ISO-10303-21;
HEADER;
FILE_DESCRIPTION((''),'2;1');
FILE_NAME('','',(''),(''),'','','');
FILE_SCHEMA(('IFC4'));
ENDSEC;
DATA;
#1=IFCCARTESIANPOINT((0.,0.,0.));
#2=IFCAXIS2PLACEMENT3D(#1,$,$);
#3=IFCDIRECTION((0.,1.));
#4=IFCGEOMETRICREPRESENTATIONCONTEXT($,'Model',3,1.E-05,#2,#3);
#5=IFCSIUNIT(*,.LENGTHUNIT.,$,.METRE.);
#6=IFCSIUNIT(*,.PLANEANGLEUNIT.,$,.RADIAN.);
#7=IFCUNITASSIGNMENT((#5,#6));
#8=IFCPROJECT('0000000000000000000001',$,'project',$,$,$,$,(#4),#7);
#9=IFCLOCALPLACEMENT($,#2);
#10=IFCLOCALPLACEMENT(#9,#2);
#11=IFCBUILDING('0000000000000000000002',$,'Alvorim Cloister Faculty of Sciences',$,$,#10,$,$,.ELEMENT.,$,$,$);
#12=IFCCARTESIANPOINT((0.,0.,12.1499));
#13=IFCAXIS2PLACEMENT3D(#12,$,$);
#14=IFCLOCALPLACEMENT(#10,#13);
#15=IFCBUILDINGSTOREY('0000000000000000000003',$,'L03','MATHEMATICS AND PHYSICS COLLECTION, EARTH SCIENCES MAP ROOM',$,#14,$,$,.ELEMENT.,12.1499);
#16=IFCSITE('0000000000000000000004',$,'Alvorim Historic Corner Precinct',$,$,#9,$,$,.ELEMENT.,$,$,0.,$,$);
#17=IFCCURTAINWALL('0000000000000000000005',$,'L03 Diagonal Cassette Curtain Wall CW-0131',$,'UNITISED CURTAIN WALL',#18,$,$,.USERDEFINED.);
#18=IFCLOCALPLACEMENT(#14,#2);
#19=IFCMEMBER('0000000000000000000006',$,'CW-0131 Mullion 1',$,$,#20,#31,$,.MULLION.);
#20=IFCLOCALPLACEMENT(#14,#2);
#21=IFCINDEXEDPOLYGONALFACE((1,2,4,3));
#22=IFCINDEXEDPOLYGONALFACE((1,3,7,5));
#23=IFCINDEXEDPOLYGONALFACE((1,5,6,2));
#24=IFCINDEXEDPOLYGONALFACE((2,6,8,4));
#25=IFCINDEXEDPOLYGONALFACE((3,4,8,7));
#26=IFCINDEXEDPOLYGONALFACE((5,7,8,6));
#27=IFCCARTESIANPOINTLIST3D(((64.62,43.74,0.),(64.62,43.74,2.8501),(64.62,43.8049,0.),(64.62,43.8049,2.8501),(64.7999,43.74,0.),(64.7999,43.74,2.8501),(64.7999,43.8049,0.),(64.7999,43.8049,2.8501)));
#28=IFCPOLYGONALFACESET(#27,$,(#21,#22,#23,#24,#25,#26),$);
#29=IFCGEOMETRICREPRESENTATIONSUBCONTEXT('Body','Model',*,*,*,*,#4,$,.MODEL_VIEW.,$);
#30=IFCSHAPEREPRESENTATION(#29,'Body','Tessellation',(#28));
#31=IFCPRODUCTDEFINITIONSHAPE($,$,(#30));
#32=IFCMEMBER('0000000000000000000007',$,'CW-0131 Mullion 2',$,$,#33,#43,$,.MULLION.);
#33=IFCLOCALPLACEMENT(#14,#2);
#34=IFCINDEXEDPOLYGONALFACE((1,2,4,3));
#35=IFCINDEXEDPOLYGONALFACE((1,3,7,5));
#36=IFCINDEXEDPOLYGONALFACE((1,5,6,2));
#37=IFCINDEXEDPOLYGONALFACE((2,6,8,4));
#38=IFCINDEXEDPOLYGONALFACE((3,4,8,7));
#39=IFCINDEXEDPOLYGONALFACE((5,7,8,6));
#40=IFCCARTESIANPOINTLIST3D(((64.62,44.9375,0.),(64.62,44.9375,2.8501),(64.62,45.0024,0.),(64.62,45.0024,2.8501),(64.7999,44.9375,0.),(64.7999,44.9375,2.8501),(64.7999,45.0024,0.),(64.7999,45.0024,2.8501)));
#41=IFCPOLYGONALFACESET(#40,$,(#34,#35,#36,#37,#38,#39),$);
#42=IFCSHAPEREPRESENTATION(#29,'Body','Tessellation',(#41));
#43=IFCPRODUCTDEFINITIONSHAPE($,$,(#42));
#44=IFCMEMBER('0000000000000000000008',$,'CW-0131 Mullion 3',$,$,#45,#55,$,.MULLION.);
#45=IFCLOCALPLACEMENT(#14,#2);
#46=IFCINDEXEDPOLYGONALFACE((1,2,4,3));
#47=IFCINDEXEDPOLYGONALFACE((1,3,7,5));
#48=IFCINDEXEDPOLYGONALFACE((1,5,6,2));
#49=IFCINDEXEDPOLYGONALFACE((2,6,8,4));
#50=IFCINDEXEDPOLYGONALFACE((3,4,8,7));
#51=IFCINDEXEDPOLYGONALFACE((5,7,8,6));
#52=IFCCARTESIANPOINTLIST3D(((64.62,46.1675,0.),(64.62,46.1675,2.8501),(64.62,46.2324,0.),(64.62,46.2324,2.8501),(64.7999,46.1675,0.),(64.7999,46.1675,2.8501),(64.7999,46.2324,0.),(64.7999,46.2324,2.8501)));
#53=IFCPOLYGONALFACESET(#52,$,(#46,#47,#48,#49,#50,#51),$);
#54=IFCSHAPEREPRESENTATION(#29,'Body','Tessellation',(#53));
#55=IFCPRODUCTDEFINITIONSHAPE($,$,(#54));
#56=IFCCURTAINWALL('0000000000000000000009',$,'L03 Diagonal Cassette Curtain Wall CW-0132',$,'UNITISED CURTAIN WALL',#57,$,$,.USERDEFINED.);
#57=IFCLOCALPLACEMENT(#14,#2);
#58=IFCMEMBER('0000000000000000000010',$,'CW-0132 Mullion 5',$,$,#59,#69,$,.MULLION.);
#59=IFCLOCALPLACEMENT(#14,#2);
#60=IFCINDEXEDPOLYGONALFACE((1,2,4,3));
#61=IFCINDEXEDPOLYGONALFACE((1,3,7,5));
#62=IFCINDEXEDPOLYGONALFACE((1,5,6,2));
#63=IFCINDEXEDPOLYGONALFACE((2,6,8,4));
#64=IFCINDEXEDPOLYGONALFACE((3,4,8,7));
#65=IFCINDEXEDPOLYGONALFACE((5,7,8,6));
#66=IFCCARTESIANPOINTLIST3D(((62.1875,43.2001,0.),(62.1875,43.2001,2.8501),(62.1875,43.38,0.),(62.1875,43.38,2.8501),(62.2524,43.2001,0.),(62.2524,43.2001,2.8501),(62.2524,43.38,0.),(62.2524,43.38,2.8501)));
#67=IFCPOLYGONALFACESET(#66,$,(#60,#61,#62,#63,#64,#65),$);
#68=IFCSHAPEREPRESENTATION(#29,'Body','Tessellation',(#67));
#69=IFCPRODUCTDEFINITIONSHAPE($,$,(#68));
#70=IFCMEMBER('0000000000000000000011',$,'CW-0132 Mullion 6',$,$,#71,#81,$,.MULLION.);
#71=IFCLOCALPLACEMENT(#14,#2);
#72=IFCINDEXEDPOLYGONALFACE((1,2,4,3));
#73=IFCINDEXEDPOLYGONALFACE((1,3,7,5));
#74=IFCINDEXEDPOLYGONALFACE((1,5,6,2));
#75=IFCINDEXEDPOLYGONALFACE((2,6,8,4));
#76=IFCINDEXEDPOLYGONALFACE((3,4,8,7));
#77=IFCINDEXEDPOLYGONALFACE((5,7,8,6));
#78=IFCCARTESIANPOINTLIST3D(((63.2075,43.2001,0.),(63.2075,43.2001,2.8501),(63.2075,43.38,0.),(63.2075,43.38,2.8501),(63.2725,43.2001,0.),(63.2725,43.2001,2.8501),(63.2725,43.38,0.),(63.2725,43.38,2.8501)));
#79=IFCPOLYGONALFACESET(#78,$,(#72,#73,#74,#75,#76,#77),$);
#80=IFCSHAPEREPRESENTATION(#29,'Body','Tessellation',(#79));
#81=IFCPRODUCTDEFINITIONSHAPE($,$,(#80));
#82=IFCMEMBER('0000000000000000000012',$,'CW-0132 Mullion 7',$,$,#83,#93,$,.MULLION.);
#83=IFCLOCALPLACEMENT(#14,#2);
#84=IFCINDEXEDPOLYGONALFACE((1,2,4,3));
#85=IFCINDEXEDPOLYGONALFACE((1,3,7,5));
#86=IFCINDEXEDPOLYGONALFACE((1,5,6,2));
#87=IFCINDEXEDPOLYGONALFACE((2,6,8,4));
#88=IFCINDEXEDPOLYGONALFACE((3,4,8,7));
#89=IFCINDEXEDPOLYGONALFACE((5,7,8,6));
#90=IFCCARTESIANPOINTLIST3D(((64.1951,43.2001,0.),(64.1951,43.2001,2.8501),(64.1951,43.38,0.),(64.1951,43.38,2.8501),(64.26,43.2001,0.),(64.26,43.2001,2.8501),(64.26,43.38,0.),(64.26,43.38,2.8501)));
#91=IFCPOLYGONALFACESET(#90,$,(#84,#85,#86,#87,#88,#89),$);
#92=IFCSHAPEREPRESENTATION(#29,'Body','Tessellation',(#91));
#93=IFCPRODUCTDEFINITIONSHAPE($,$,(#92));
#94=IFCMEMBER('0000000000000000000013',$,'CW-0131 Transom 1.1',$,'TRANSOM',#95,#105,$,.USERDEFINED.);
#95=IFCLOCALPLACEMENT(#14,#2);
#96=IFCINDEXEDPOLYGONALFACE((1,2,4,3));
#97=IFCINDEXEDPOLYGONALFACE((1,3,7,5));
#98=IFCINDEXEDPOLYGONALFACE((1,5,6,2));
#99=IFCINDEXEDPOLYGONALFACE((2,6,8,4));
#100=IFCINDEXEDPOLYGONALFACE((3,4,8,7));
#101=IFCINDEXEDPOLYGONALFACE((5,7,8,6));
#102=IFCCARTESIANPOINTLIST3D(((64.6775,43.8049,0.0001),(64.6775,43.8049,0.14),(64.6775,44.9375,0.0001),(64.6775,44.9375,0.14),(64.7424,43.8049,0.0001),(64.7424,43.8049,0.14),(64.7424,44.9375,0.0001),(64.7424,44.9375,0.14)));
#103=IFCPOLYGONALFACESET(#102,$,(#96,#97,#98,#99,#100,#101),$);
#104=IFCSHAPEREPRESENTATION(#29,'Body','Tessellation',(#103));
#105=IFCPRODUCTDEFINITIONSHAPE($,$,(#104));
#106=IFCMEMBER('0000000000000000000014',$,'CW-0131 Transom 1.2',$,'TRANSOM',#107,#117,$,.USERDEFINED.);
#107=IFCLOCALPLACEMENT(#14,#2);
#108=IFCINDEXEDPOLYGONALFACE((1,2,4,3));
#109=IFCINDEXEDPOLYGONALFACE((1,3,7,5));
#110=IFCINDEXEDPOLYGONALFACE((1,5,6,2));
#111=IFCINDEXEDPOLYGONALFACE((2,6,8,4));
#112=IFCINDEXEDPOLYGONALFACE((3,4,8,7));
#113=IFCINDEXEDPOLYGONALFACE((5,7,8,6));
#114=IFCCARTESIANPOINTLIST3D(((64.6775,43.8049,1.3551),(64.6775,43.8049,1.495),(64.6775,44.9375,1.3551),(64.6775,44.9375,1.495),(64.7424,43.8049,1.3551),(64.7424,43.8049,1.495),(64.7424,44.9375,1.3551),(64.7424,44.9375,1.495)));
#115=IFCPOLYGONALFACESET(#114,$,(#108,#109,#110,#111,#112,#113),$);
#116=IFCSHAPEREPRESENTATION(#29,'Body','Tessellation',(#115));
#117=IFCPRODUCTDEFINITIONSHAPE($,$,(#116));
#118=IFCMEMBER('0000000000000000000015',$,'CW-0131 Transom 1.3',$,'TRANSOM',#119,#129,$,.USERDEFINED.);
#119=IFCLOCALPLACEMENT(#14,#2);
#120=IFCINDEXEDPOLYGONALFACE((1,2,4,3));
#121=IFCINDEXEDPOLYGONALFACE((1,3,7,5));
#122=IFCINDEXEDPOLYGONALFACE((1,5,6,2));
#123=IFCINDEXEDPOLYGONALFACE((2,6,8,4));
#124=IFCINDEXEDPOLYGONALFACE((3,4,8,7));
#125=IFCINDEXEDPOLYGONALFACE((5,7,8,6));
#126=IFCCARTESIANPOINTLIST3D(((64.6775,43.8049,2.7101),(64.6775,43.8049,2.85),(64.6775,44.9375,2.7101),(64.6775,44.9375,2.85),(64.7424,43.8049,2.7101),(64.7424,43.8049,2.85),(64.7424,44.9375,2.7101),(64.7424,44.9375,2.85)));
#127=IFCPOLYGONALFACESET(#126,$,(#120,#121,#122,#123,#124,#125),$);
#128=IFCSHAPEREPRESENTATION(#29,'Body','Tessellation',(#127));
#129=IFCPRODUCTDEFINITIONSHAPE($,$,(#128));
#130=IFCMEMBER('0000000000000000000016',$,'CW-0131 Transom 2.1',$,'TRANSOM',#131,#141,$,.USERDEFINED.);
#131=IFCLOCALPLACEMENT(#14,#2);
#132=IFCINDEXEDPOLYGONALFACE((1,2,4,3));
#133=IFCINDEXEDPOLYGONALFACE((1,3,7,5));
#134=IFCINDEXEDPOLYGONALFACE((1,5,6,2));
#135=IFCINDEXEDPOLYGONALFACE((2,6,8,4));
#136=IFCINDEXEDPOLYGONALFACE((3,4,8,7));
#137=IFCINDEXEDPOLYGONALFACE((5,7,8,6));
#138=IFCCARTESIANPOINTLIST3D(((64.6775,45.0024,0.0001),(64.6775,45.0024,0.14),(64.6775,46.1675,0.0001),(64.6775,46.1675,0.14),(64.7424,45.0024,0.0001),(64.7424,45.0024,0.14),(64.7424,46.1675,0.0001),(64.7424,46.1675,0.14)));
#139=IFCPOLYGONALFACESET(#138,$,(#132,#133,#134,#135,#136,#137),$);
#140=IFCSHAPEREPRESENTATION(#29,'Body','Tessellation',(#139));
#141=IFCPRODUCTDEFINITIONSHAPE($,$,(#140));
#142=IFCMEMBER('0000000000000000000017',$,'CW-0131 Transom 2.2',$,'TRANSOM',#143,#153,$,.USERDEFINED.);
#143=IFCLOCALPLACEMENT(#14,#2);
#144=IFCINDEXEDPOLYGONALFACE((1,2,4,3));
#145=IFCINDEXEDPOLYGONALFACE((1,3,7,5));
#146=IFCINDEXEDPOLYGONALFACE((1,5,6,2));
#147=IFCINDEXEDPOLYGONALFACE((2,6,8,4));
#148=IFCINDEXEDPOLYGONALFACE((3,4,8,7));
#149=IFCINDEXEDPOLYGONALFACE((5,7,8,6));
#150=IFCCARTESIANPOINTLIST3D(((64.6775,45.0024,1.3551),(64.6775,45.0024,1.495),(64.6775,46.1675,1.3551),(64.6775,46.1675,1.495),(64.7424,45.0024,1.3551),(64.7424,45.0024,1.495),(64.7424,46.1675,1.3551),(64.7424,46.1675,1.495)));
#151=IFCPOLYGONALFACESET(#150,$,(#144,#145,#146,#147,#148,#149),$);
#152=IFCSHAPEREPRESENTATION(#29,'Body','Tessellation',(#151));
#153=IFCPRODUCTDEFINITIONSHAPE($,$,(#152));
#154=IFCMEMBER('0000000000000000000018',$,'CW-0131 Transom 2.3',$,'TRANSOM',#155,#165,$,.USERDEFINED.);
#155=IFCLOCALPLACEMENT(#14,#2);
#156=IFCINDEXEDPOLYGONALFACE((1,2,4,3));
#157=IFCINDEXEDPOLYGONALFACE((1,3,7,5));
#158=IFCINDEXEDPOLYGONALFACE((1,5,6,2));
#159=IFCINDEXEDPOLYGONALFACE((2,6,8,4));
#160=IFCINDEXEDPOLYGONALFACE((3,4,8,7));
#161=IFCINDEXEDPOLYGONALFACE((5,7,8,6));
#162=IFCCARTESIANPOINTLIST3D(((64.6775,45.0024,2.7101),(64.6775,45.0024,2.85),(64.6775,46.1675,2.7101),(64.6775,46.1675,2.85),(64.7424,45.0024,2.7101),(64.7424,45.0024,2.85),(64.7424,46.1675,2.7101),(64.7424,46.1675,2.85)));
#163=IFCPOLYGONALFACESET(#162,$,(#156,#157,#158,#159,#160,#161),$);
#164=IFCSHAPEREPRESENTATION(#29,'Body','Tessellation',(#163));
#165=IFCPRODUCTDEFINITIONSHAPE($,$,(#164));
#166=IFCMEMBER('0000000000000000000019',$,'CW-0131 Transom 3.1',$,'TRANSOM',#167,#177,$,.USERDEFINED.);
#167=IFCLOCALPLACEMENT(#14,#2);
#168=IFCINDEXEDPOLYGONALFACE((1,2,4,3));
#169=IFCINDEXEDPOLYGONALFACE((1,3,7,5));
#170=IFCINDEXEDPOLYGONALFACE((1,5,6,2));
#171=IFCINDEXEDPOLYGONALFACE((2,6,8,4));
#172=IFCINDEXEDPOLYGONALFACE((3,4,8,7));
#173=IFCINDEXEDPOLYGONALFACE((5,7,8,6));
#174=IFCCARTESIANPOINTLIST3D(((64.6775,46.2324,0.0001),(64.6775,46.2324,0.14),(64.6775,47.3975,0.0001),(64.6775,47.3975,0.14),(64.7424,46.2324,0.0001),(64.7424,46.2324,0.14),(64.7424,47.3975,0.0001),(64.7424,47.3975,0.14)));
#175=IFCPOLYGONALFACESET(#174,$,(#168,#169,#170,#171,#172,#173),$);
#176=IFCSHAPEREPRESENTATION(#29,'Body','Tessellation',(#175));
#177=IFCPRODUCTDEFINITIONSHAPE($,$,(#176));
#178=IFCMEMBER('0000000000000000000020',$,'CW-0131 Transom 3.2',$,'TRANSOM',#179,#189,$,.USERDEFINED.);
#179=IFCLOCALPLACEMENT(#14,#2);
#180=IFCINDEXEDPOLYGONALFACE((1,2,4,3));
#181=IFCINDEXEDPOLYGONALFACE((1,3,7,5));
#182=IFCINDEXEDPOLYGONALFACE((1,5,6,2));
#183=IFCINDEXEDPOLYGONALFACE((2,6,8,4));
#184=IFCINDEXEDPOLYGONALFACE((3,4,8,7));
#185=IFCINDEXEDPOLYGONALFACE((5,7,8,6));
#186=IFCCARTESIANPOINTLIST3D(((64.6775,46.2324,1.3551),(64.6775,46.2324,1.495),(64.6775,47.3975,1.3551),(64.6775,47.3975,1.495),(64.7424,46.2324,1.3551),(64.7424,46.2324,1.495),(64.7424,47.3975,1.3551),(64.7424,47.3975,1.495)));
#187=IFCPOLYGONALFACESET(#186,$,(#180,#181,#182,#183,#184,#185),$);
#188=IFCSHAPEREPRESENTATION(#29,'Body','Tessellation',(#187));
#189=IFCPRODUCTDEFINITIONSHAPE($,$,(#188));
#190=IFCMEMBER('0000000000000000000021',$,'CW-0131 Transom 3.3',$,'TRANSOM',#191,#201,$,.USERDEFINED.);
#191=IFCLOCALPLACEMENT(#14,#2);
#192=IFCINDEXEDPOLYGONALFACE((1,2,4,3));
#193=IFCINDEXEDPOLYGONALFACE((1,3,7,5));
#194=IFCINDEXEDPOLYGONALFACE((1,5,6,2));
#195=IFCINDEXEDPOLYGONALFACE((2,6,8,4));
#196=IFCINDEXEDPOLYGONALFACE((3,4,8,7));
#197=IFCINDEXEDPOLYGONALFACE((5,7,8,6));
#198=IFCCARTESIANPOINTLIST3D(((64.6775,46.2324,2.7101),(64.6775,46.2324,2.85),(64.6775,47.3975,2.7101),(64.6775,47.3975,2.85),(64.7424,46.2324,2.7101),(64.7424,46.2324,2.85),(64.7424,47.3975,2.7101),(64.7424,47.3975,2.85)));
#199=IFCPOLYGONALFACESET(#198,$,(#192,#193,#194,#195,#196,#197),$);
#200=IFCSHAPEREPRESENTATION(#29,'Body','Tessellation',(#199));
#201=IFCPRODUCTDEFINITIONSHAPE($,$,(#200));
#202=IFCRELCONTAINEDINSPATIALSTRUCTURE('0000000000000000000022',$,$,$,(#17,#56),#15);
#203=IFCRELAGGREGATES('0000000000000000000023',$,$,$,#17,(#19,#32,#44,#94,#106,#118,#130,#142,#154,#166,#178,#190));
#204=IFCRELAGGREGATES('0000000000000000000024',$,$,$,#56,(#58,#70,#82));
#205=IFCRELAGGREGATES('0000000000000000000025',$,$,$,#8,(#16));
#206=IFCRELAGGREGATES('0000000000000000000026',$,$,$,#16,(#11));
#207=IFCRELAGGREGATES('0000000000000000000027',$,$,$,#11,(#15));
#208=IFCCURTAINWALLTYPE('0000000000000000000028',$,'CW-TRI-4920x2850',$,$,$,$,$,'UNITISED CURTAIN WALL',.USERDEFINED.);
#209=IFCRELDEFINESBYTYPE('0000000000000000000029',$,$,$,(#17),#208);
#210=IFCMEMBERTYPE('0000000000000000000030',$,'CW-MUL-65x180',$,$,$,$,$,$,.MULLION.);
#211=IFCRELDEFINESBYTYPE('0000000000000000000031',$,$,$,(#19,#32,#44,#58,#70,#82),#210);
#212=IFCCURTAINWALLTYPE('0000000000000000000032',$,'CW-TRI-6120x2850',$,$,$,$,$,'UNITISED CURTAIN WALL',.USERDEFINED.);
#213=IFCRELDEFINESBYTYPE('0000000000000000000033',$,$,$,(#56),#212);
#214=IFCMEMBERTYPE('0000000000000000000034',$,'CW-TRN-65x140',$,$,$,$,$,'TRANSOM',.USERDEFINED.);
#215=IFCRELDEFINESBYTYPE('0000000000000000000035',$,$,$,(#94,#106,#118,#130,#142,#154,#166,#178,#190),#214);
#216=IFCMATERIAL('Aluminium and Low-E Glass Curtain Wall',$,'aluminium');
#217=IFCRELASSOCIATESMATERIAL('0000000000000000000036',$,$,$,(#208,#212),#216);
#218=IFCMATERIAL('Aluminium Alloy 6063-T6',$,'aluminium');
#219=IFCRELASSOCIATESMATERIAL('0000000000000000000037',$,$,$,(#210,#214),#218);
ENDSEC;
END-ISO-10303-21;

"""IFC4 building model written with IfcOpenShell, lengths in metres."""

from ifc_helpers import new_model, si_unit, direction, frame, origin, origin_2d, place, context, subcontext, project, spatial, rectangle, extrude, material, material_profile, profile_set, type_object, element, aggregate, save


model = new_model("IFC4")

# Units and contexts
model_context = context("Model", 3, precision=1e-05, world=origin(), true_north=direction((0.0, 1.0)))
body_context = subcontext(model_context, "Body", "Model", "MODEL_VIEW")
ifc_project = project(units=[si_unit("LENGTHUNIT", "METRE"), si_unit("PLANEANGLEUNIT", "RADIAN")], contexts=[model_context])

# Site, building, storey
site_placement = place(None, origin())
site = spatial("IfcSite", under=ifc_project, at=site_placement, Name="Alvorim Historic Corner Precinct", CompositionType="ELEMENT", RefElevation=0.0)
building_placement = place(site_placement, origin())
building = spatial("IfcBuilding", under=site, at=building_placement, Name="Alvorim Cloister Faculty of Sciences", CompositionType="ELEMENT")
storey_placement = place(building_placement, frame((0.0, 0.0, 12.1499)))
storey = spatial("IfcBuildingStorey", under=building, at=storey_placement, Name="L03", Description="MATHEMATICS AND PHYSICS COLLECTION, EARTH SCIENCES MAP ROOM", CompositionType="ELEMENT", Elevation=12.1499)

# Curtain walls, members
ifc_material_1 = material(Name="Aluminium and Low-E Glass Curtain Wall", Category="aluminium")
curtain_wall_type_1 = type_object("IfcCurtainWallType", Name="CW-TRI-4920x2850", ElementType="UNITISED CURTAIN WALL", PredefinedType="USERDEFINED", material=ifc_material_1)
curtain_wall_1_placement = place(storey_placement, origin())
curtain_wall_1 = element("IfcCurtainWall", 1, at=curtain_wall_1_placement, inside=storey, type_object=curtain_wall_type_1, Name="L03 Diagonal Cassette Curtain Wall CW-0131", ObjectType="UNITISED CURTAIN WALL", PredefinedType="USERDEFINED")
ifc_material_2 = material(Name="Aluminium Alloy 6063-T6", Category="aluminium")
ifc_material_profile_1 = material_profile(ifc_material_2, rectangle(XDim=0.0649, YDim=0.1799, at=origin_2d()), Name="ALU-MUL-65x180")
ifc_profile_set_1 = profile_set([ifc_material_profile_1], Name="Aluminium Alloy 6063-T6")
member_type_1 = type_object("IfcMemberType", Name="CW-MUL-65x180", PredefinedType="MULLION", material=ifc_profile_set_1)
member_1_placement = place(storey_placement, frame((64.71, 43.7725, 0.0), z_axis=(0.0, 0.0, 1.0), x_axis=(0.0, 1.0, 0.0)))
member_1 = element("IfcMember", 2, at=member_1_placement, type_object=member_type_1, Name="CW-0131 Mullion 1", PredefinedType="MULLION", context=body_context, shape_type="SweptSolid", body=[
    extrude(rectangle(XDim=0.0649, YDim=0.1799, at=origin_2d()), origin(), (0.0, 0.0, 1.0), 2.8501),
])
member_2_placement = place(storey_placement, frame((64.71, 44.97, 0.0), z_axis=(0.0, 0.0, 1.0), x_axis=(0.0, 1.0, 0.0)))
member_2 = element("IfcMember", 3, at=member_2_placement, type_object=member_type_1, Name="CW-0131 Mullion 2", PredefinedType="MULLION", context=body_context, shape_type="SweptSolid", body=[
    extrude(rectangle(XDim=0.0649, YDim=0.1799, at=origin_2d()), origin(), (0.0, 0.0, 1.0), 2.8501),
])
member_3_placement = place(storey_placement, frame((64.71, 46.2, 0.0), z_axis=(0.0, 0.0, 1.0), x_axis=(0.0, 1.0, 0.0)))
member_3 = element("IfcMember", 4, at=member_3_placement, type_object=member_type_1, Name="CW-0131 Mullion 3", PredefinedType="MULLION", context=body_context, shape_type="SweptSolid", body=[
    extrude(rectangle(XDim=0.0649, YDim=0.1799, at=origin_2d()), origin(), (0.0, 0.0, 1.0), 2.8501),
])
curtain_wall_type_2 = type_object("IfcCurtainWallType", Name="CW-TRI-6120x2850", ElementType="UNITISED CURTAIN WALL", PredefinedType="USERDEFINED", material=ifc_material_1)
curtain_wall_2_placement = place(storey_placement, origin())
curtain_wall_2 = element("IfcCurtainWall", 5, at=curtain_wall_2_placement, inside=storey, type_object=curtain_wall_type_2, Name="L03 Diagonal Cassette Curtain Wall CW-0132", ObjectType="UNITISED CURTAIN WALL", PredefinedType="USERDEFINED")
member_4_placement = place(storey_placement, frame((62.22, 43.29, 0.0), z_axis=(0.0, 0.0, 1.0), x_axis=(1.0, 0.0, 0.0)))
member_4 = element("IfcMember", 6, at=member_4_placement, type_object=member_type_1, Name="CW-0132 Mullion 5", PredefinedType="MULLION", context=body_context, shape_type="SweptSolid", body=[
    extrude(rectangle(XDim=0.0649, YDim=0.1799, at=origin_2d()), origin(), (0.0, 0.0, 1.0), 2.8501),
])
member_5_placement = place(storey_placement, frame((63.24, 43.29, 0.0), z_axis=(0.0, 0.0, 1.0), x_axis=(1.0, 0.0, 0.0)))
member_5 = element("IfcMember", 7, at=member_5_placement, type_object=member_type_1, Name="CW-0132 Mullion 6", PredefinedType="MULLION", context=body_context, shape_type="SweptSolid", body=[
    extrude(rectangle(XDim=0.0649, YDim=0.1799, at=origin_2d()), origin(), (0.0, 0.0, 1.0), 2.8501),
])
member_6_placement = place(storey_placement, frame((64.2275, 43.29, 0.0), z_axis=(0.0, 0.0, 1.0), x_axis=(1.0, 0.0, 0.0)))
member_6 = element("IfcMember", 8, at=member_6_placement, type_object=member_type_1, Name="CW-0132 Mullion 7", PredefinedType="MULLION", context=body_context, shape_type="SweptSolid", body=[
    extrude(rectangle(XDim=0.0649, YDim=0.1799, at=origin_2d()), origin(), (0.0, 0.0, 1.0), 2.8501),
])

# Members
ifc_material_profile_2 = material_profile(ifc_material_2, rectangle(XDim=0.0649, YDim=0.1399, at=origin_2d()), Name="ALU-TRN-65x140")
ifc_profile_set_2 = profile_set([ifc_material_profile_2], Name="Aluminium Alloy 6063-T6")
member_type_2 = type_object("IfcMemberType", Name="CW-TRN-65x140", ElementType="TRANSOM", PredefinedType="USERDEFINED", material=ifc_profile_set_2)
member_7_placement = place(storey_placement, frame((64.71, 43.8049, 0.0701), z_axis=(0.0, 1.0, 0.0), x_axis=(-1.0, 0.0, 0.0)))
member_7 = element("IfcMember", 9, at=member_7_placement, type_object=member_type_2, Name="CW-0131 Transom 1.1", ObjectType="TRANSOM", PredefinedType="USERDEFINED", context=body_context, shape_type="SweptSolid", body=[
    extrude(rectangle(XDim=0.0649, YDim=0.1399, at=origin_2d()), origin(), (0.0, 0.0, 1.0), 1.1326),
])
member_8_placement = place(storey_placement, frame((64.71, 43.8049, 1.425), z_axis=(0.0, 1.0, 0.0), x_axis=(-1.0, 0.0, 0.0)))
member_8 = element("IfcMember", 10, at=member_8_placement, type_object=member_type_2, Name="CW-0131 Transom 1.2", ObjectType="TRANSOM", PredefinedType="USERDEFINED", context=body_context, shape_type="SweptSolid", body=[
    extrude(rectangle(XDim=0.0649, YDim=0.1399, at=origin_2d()), origin(), (0.0, 0.0, 1.0), 1.1326),
])
member_9_placement = place(storey_placement, frame((64.71, 43.8049, 2.78), z_axis=(0.0, 1.0, 0.0), x_axis=(-1.0, 0.0, 0.0)))
member_9 = element("IfcMember", 11, at=member_9_placement, type_object=member_type_2, Name="CW-0131 Transom 1.3", ObjectType="TRANSOM", PredefinedType="USERDEFINED", context=body_context, shape_type="SweptSolid", body=[
    extrude(rectangle(XDim=0.0649, YDim=0.1399, at=origin_2d()), origin(), (0.0, 0.0, 1.0), 1.1326),
])
member_10_placement = place(storey_placement, frame((64.71, 45.0024, 0.0701), z_axis=(0.0, 1.0, 0.0), x_axis=(-1.0, 0.0, 0.0)))
member_10 = element("IfcMember", 12, at=member_10_placement, type_object=member_type_2, Name="CW-0131 Transom 2.1", ObjectType="TRANSOM", PredefinedType="USERDEFINED", context=body_context, shape_type="SweptSolid", body=[
    extrude(rectangle(XDim=0.0649, YDim=0.1399, at=origin_2d()), origin(), (0.0, 0.0, 1.0), 1.165),
])
member_11_placement = place(storey_placement, frame((64.71, 45.0024, 1.425), z_axis=(0.0, 1.0, 0.0), x_axis=(-1.0, 0.0, 0.0)))
member_11 = element("IfcMember", 13, at=member_11_placement, type_object=member_type_2, Name="CW-0131 Transom 2.2", ObjectType="TRANSOM", PredefinedType="USERDEFINED", context=body_context, shape_type="SweptSolid", body=[
    extrude(rectangle(XDim=0.0649, YDim=0.1399, at=origin_2d()), origin(), (0.0, 0.0, 1.0), 1.165),
])
member_12_placement = place(storey_placement, frame((64.71, 45.0024, 2.78), z_axis=(0.0, 1.0, 0.0), x_axis=(-1.0, 0.0, 0.0)))
member_12 = element("IfcMember", 14, at=member_12_placement, type_object=member_type_2, Name="CW-0131 Transom 2.3", ObjectType="TRANSOM", PredefinedType="USERDEFINED", context=body_context, shape_type="SweptSolid", body=[
    extrude(rectangle(XDim=0.0649, YDim=0.1399, at=origin_2d()), origin(), (0.0, 0.0, 1.0), 1.165),
])
member_13_placement = place(storey_placement, frame((64.71, 46.2324, 0.0701), z_axis=(0.0, 1.0, 0.0), x_axis=(-1.0, 0.0, 0.0)))
member_13 = element("IfcMember", 15, at=member_13_placement, type_object=member_type_2, Name="CW-0131 Transom 3.1", ObjectType="TRANSOM", PredefinedType="USERDEFINED", context=body_context, shape_type="SweptSolid", body=[
    extrude(rectangle(XDim=0.0649, YDim=0.1399, at=origin_2d()), origin(), (0.0, 0.0, 1.0), 1.165),
])
member_14_placement = place(storey_placement, frame((64.71, 46.2324, 1.425), z_axis=(0.0, 1.0, 0.0), x_axis=(-1.0, 0.0, 0.0)))
member_14 = element("IfcMember", 16, at=member_14_placement, type_object=member_type_2, Name="CW-0131 Transom 3.2", ObjectType="TRANSOM", PredefinedType="USERDEFINED", context=body_context, shape_type="SweptSolid", body=[
    extrude(rectangle(XDim=0.0649, YDim=0.1399, at=origin_2d()), origin(), (0.0, 0.0, 1.0), 1.165),
])
member_15_placement = place(storey_placement, frame((64.71, 46.2324, 2.78), z_axis=(0.0, 1.0, 0.0), x_axis=(-1.0, 0.0, 0.0)))
member_15 = element("IfcMember", 17, at=member_15_placement, type_object=member_type_2, Name="CW-0131 Transom 3.3", ObjectType="TRANSOM", PredefinedType="USERDEFINED", context=body_context, shape_type="SweptSolid", body=[
    extrude(rectangle(XDim=0.0649, YDim=0.1399, at=origin_2d()), origin(), (0.0, 0.0, 1.0), 1.165),
])
aggregate(curtain_wall_1, [member_1, member_2, member_3, member_7, member_8, member_9, member_10, member_11, member_12, member_13, member_14, member_15])
aggregate(curtain_wall_2, [member_4, member_5, member_6])

save(model, "model.ifc")
